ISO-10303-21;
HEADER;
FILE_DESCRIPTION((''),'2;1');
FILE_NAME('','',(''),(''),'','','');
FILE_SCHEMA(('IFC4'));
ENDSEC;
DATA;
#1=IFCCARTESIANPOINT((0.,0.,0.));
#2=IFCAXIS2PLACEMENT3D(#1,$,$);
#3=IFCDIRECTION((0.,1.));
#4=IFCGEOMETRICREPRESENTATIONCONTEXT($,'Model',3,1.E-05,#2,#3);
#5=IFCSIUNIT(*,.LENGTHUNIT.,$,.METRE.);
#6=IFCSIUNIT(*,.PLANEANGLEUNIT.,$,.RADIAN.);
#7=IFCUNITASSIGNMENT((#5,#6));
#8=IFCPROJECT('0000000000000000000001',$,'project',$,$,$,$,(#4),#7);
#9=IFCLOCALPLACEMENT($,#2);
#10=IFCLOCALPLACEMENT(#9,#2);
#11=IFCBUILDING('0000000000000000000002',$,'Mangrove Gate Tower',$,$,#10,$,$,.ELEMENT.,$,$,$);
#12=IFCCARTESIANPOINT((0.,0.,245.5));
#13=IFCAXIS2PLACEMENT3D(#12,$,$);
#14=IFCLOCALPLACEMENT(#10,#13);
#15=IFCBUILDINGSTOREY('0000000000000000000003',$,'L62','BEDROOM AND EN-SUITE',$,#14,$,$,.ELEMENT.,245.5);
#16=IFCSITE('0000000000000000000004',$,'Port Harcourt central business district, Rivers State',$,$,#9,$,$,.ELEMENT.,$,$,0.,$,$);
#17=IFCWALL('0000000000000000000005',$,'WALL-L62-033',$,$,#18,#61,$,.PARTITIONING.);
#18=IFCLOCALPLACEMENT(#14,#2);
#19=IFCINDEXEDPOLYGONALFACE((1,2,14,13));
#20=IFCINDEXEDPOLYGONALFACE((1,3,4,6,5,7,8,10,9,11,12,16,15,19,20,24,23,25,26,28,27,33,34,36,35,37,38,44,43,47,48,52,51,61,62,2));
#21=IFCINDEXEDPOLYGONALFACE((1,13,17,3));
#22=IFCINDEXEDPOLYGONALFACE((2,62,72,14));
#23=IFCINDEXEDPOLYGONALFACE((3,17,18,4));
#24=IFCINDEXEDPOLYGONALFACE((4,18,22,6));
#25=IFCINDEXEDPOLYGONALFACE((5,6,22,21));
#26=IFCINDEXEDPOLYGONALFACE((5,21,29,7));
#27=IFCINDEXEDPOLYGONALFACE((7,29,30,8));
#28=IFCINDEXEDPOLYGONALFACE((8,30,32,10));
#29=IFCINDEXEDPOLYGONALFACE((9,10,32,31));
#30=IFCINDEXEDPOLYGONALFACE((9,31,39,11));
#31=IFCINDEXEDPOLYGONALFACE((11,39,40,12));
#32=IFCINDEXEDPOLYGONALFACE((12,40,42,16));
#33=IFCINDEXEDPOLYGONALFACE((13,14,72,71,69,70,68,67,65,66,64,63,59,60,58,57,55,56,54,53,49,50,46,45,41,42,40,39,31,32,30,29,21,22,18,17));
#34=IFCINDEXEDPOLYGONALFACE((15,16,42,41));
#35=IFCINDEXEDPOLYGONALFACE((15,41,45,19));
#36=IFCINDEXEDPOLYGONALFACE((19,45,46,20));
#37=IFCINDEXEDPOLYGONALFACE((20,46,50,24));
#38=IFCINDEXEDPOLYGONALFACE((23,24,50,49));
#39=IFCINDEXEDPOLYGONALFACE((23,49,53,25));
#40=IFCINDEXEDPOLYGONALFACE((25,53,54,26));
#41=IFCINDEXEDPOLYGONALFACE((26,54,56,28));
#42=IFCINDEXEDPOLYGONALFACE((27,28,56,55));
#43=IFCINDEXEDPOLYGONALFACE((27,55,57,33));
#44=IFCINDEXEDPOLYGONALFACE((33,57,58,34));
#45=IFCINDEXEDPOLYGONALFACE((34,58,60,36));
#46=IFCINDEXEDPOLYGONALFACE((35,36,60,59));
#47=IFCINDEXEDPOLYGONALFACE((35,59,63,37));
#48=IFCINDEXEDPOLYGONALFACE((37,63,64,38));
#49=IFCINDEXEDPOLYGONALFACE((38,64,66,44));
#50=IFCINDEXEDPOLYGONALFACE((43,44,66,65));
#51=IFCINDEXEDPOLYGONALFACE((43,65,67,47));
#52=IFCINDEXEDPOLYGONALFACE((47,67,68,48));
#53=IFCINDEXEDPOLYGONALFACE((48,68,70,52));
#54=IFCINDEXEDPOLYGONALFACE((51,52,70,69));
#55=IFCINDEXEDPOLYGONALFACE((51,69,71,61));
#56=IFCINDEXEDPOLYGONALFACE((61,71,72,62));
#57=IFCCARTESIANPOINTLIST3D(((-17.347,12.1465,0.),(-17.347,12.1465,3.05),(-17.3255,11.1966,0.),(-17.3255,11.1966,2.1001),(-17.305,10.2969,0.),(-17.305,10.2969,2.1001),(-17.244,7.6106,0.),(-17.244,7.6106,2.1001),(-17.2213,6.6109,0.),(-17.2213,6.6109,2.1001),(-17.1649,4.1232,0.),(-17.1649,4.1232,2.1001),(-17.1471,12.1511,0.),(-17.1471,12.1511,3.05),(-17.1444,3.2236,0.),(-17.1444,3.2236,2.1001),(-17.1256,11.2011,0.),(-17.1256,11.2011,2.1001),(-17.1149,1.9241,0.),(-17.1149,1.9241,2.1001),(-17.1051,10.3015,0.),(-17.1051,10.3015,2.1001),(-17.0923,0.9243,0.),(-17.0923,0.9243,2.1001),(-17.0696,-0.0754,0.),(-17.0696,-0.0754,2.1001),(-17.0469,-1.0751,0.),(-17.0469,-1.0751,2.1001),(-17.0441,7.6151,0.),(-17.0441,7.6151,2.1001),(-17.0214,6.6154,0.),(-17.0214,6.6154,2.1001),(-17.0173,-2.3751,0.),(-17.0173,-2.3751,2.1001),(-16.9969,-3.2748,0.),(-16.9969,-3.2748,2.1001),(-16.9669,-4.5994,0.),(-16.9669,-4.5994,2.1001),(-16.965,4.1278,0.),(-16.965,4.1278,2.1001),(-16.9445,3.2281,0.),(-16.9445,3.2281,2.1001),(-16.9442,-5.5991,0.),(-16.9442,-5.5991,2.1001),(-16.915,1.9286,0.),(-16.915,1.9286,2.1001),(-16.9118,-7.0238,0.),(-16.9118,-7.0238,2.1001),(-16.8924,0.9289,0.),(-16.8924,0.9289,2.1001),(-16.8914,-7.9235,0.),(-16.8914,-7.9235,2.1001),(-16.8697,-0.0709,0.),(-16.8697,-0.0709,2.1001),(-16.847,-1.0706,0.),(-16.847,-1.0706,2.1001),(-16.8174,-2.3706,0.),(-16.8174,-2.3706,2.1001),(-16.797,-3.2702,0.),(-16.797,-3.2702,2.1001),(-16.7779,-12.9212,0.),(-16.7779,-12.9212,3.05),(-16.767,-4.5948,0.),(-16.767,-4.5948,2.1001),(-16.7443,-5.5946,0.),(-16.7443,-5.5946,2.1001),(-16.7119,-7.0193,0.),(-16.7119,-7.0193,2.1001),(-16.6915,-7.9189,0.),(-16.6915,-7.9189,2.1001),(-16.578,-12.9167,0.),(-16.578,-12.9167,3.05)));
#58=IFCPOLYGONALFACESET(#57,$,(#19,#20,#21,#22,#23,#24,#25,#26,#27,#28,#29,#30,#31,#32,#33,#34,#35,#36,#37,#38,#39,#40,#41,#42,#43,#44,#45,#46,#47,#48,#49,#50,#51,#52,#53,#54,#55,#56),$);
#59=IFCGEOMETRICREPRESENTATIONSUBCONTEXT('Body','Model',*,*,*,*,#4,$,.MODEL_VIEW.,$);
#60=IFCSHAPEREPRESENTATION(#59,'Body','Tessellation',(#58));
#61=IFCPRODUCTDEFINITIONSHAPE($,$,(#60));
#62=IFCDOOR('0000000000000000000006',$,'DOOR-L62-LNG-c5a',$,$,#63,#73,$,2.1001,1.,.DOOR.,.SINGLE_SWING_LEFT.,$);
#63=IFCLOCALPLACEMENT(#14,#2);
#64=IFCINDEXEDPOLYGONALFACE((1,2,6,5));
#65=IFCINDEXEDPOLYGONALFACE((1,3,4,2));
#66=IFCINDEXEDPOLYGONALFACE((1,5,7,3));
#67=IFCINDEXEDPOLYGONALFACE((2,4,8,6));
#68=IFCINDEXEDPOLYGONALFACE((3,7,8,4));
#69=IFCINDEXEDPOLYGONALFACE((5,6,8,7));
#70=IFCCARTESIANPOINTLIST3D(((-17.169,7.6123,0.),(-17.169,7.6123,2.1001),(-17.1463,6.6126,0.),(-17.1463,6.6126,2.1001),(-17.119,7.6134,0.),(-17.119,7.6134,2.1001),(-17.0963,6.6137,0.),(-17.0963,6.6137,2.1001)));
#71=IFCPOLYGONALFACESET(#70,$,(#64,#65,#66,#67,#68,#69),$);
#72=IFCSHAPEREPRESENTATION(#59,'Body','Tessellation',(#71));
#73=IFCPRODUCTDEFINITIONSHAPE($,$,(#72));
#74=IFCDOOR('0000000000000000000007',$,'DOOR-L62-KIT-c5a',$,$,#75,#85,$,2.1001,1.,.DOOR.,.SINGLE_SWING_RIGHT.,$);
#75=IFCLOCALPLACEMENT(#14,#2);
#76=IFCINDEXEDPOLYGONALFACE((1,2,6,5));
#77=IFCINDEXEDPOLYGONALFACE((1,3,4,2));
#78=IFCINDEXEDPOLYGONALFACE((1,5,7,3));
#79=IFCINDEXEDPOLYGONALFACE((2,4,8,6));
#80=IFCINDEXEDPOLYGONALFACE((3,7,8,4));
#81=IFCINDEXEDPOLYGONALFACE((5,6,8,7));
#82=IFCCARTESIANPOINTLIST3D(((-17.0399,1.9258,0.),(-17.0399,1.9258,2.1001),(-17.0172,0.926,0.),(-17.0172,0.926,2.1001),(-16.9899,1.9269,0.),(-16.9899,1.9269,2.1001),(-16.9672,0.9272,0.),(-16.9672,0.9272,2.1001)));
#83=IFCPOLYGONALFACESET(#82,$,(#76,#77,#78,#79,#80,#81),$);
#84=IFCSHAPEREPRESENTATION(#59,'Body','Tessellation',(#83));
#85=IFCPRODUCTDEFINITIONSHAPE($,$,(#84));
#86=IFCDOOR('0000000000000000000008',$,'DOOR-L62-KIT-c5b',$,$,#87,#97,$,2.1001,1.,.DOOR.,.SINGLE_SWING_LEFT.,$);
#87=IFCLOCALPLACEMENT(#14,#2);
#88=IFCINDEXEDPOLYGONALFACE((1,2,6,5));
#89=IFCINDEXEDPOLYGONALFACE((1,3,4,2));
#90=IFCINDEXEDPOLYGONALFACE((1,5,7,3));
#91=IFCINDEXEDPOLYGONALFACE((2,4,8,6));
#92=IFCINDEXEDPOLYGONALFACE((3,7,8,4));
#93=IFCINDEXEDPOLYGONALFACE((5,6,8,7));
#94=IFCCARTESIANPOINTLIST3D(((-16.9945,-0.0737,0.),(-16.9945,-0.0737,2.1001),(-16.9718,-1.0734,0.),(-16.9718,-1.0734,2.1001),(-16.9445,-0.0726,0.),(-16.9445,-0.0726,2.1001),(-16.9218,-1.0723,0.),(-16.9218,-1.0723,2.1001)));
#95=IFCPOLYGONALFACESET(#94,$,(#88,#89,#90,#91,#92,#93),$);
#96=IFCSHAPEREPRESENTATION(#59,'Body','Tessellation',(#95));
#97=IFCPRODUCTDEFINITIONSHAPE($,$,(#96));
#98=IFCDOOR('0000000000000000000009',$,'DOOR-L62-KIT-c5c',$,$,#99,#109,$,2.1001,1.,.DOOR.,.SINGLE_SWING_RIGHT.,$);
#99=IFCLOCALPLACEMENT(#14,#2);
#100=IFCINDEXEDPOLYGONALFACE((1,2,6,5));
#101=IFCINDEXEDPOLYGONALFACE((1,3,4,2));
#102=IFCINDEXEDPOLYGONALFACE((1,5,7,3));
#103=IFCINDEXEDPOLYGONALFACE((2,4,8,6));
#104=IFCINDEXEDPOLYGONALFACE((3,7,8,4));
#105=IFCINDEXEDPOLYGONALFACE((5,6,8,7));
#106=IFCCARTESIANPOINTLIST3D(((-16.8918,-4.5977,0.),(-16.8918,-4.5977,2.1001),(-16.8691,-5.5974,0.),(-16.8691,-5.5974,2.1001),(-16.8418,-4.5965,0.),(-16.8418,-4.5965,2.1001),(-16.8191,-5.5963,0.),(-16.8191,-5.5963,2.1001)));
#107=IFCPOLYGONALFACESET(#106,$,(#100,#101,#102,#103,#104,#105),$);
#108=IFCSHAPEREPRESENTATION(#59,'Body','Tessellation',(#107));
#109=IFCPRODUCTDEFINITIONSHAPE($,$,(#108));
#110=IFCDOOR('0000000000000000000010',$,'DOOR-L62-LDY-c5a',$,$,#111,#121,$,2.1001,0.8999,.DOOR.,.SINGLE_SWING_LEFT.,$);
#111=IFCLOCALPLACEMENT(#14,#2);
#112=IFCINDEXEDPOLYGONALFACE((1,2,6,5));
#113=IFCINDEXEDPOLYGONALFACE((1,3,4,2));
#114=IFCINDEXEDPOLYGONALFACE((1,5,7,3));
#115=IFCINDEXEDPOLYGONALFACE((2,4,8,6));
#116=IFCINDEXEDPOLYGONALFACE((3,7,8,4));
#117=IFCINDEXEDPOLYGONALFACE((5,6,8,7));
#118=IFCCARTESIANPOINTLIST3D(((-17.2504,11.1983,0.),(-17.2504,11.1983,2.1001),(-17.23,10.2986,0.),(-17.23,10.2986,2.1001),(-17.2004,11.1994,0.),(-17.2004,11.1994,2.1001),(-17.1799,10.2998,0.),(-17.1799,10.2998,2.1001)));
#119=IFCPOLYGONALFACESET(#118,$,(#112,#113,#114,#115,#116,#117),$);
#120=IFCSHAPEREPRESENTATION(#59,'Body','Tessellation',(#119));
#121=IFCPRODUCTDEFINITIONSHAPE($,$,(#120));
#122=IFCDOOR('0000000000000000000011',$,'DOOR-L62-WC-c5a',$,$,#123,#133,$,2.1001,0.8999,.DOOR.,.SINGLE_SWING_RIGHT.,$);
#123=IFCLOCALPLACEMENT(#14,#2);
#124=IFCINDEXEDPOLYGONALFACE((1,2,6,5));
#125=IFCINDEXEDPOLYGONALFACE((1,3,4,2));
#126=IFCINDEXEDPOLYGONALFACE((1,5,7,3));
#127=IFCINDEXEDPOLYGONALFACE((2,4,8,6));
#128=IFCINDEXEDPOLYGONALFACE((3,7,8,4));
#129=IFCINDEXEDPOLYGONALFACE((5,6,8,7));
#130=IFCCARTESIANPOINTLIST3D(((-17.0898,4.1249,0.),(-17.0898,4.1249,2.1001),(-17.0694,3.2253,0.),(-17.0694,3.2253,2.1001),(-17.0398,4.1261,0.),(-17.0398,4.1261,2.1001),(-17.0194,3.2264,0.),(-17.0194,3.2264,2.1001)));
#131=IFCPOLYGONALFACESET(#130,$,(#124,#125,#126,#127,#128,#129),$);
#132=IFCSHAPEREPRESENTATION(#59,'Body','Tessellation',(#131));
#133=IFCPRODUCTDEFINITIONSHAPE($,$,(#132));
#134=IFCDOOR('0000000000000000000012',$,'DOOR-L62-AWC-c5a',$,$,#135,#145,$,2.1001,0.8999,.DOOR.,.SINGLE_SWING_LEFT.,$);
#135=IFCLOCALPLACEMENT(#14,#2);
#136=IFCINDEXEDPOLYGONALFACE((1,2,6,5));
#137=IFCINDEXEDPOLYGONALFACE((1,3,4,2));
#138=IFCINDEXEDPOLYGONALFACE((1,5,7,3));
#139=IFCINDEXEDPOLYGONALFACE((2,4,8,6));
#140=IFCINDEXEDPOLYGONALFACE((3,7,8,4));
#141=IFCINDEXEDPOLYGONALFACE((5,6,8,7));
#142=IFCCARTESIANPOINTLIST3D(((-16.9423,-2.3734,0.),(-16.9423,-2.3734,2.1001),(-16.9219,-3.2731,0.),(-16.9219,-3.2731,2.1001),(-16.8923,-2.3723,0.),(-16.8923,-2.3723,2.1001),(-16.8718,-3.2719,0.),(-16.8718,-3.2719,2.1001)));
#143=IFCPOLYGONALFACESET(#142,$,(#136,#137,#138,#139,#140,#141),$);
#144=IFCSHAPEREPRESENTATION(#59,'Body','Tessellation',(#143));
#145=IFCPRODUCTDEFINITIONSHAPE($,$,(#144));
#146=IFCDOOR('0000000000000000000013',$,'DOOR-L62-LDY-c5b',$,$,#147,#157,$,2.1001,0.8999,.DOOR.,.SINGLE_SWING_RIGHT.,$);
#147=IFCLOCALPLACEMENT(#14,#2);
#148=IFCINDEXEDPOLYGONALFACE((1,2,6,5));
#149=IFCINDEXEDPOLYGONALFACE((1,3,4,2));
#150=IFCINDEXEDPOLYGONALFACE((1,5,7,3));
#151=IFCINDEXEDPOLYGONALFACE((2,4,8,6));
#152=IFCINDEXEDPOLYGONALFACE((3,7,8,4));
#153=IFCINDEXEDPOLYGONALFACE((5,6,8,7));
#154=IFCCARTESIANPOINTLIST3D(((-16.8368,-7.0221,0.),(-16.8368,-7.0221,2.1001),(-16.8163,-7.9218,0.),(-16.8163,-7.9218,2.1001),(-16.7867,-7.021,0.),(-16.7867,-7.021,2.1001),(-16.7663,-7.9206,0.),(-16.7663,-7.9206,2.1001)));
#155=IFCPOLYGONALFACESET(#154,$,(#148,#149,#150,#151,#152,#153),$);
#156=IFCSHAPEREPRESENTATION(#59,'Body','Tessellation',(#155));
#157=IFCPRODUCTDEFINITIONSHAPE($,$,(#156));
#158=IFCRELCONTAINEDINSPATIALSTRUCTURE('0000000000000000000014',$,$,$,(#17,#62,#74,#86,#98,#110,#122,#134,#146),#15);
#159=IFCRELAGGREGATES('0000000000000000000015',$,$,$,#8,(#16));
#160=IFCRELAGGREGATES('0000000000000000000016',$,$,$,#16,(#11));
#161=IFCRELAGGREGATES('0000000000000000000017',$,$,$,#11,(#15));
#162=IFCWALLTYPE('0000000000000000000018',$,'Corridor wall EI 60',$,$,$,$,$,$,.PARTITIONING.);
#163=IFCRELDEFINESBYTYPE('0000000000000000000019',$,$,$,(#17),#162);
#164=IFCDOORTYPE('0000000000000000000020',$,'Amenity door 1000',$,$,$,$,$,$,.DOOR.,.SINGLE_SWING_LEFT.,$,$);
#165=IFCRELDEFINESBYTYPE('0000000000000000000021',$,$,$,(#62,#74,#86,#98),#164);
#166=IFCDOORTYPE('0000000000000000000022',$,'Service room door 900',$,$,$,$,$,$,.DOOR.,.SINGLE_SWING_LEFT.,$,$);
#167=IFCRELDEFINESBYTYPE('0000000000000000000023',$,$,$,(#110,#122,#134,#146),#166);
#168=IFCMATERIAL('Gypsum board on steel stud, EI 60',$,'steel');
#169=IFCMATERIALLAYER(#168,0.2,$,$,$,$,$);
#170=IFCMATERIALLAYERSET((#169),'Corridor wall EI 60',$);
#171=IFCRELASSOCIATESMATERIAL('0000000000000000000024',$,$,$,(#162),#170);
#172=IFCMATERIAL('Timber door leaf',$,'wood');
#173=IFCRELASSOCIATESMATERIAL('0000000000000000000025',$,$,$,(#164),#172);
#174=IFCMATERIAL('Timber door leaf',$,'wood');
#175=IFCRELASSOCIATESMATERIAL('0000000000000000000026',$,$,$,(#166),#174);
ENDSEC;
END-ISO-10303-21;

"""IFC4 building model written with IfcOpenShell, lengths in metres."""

from ifc_helpers import new_model, si_unit, direction, frame, frame_2d, origin, place, context, subcontext, project, spatial, rectangle, extrude, material, layer, layer_set, type_object, element, fill, save


model = new_model("IFC4")

# Units and contexts
model_context = context("Model", 3, precision=1e-05, world=origin(), true_north=direction((0.0, 1.0)))
body_context = subcontext(model_context, "Body", "Model", "MODEL_VIEW")
ifc_project = project(units=[si_unit("LENGTHUNIT", "METRE"), si_unit("PLANEANGLEUNIT", "RADIAN")], contexts=[model_context])

# Site, building, storey
site_placement = place(None, origin())
site = spatial("IfcSite", under=ifc_project, at=site_placement, Name="Port Harcourt central business district, Rivers State", CompositionType="ELEMENT", RefElevation=0.0)
building_placement = place(site_placement, origin())
building = spatial("IfcBuilding", under=site, at=building_placement, Name="Mangrove Gate Tower", CompositionType="ELEMENT")
storey_placement = place(building_placement, frame((0.0, 0.0, 245.5)))
storey = spatial("IfcBuildingStorey", under=building, at=storey_placement, Name="L62", Description="BEDROOM AND EN-SUITE", CompositionType="ELEMENT", Elevation=245.5)

# Wall, openings, doors
ifc_material_1 = material(Name="Gypsum board on steel stud, EI 60", Category="steel")
ifc_layer_1 = layer(ifc_material_1, 0.2)
ifc_layer_set_1 = layer_set([ifc_layer_1], Name="Corridor wall EI 60")
wall_type_1 = type_object("IfcWallType", Name="Corridor wall EI 60", PredefinedType="PARTITIONING", material=ifc_layer_set_1)
wall_1_placement = place(storey_placement, frame((-16.678, -12.9189, 0.0), z_axis=(0.0, 0.0, 1.0), x_axis=(-0.022696, 0.999742, 0.0)))
wall_1 = element("IfcWall", 1, at=wall_1_placement, inside=storey, type_object=wall_type_1, Name="WALL-L62-033", PredefinedType="PARTITIONING", context=body_context, shape_type="SweptSolid", body=[
    extrude(rectangle(XDim=25.0742, YDim=0.2, at=frame_2d((12.5371, 0.0))), origin(), (0.0, 0.0, 1.0), 3.05),
])
opening_1_placement = place(wall_1_placement, frame((19.5371, 0.0, 0.0)))
opening_1 = element("IfcOpeningElement", 2, at=opening_1_placement, cuts=wall_1, PredefinedType="OPENING", context=body_context, shape_type="SweptSolid", body=[
    extrude(rectangle(XDim=1.0, YDim=2.1001, at=frame_2d((0.5, 1.05))), frame((0.0, 0.1099, 0.0), z_axis=(0.0, -1.0, 0.0), x_axis=(1.0, 0.0, 0.0)), (0.0, 0.0, 1.0), 0.22),
])
opening_2_placement = place(wall_1_placement, frame((23.2241, 0.0, 0.0)))
opening_2 = element("IfcOpeningElement", 3, at=opening_2_placement, cuts=wall_1, PredefinedType="OPENING", context=body_context, shape_type="SweptSolid", body=[
    extrude(rectangle(XDim=0.8999, YDim=2.1001, at=frame_2d((0.45, 1.05))), frame((0.0, 0.1099, 0.0), z_axis=(0.0, -1.0, 0.0), x_axis=(1.0, 0.0, 0.0)), (0.0, 0.0, 1.0), 0.22),
])
opening_3_placement = place(wall_1_placement, frame((13.8491, 0.0, 0.0)))
opening_3 = element("IfcOpeningElement", 4, at=opening_3_placement, cuts=wall_1, PredefinedType="OPENING", context=body_context, shape_type="SweptSolid", body=[
    extrude(rectangle(XDim=1.0, YDim=2.1001, at=frame_2d((0.5, 1.05))), frame((0.0, 0.1099, 0.0), z_axis=(0.0, -1.0, 0.0), x_axis=(1.0, 0.0, 0.0)), (0.0, 0.0, 1.0), 0.22),
])
opening_4_placement = place(wall_1_placement, frame((16.1489, 0.0, 0.0)))
opening_4 = element("IfcOpeningElement", 5, at=opening_4_placement, cuts=wall_1, PredefinedType="OPENING", context=body_context, shape_type="SweptSolid", body=[
    extrude(rectangle(XDim=0.8999, YDim=2.1001, at=frame_2d((0.45, 1.05))), frame((0.0, 0.1099, 0.0), z_axis=(0.0, -1.0, 0.0), x_axis=(1.0, 0.0, 0.0)), (0.0, 0.0, 1.0), 0.22),
])
opening_5_placement = place(wall_1_placement, frame((11.8491, 0.0, 0.0)))
opening_5 = element("IfcOpeningElement", 6, at=opening_5_placement, cuts=wall_1, PredefinedType="OPENING", context=body_context, shape_type="SweptSolid", body=[
    extrude(rectangle(XDim=1.0, YDim=2.1001, at=frame_2d((0.5, 1.05))), frame((0.0, 0.1099, 0.0), z_axis=(0.0, -1.0, 0.0), x_axis=(1.0, 0.0, 0.0)), (0.0, 0.0, 1.0), 0.22),
])
opening_6_placement = place(wall_1_placement, frame((9.6489, 0.0, 0.0)))
opening_6 = element("IfcOpeningElement", 7, at=opening_6_placement, cuts=wall_1, PredefinedType="OPENING", context=body_context, shape_type="SweptSolid", body=[
    extrude(rectangle(XDim=0.8999, YDim=2.1001, at=frame_2d((0.45, 1.05))), frame((0.0, 0.1099, 0.0), z_axis=(0.0, -1.0, 0.0), x_axis=(1.0, 0.0, 0.0)), (0.0, 0.0, 1.0), 0.22),
])
opening_7_placement = place(wall_1_placement, frame((7.324, 0.0, 0.0)))
opening_7 = element("IfcOpeningElement", 8, at=opening_7_placement, cuts=wall_1, PredefinedType="OPENING", context=body_context, shape_type="SweptSolid", body=[
    extrude(rectangle(XDim=1.0, YDim=2.1001, at=frame_2d((0.5, 1.05))), frame((0.0, 0.1099, 0.0), z_axis=(0.0, -1.0, 0.0), x_axis=(1.0, 0.0, 0.0)), (0.0, 0.0, 1.0), 0.22),
])
opening_8_placement = place(wall_1_placement, frame((4.999, 0.0, 0.0)))
opening_8 = element("IfcOpeningElement", 9, at=opening_8_placement, cuts=wall_1, PredefinedType="OPENING", context=body_context, shape_type="SweptSolid", body=[
    extrude(rectangle(XDim=0.8999, YDim=2.1001, at=frame_2d((0.45, 1.05))), frame((0.0, 0.1099, 0.0), z_axis=(0.0, -1.0, 0.0), x_axis=(1.0, 0.0, 0.0)), (0.0, 0.0, 1.0), 0.22),
])
ifc_material_2 = material(Name="Timber door leaf", Category="wood")
door_type_1 = type_object("IfcDoorType", Name="Amenity door 1000", OperationType="SINGLE_SWING_LEFT", PredefinedType="DOOR", material=ifc_material_2)
door_1_placement = place(opening_1_placement, origin())
door_1 = element("IfcDoor", 10, at=door_1_placement, inside=storey, type_object=door_type_1, Name="DOOR-L62-LNG-c5a", OperationType="SINGLE_SWING_LEFT", OverallHeight=2.1001, OverallWidth=1.0, PredefinedType="DOOR", context=body_context, shape_type="SweptSolid", body=[
    extrude(rectangle(XDim=1.0, YDim=2.1001, at=frame_2d((0.5, 1.05))), frame((0.0, 0.0249, 0.0), z_axis=(0.0, -1.0, 0.0), x_axis=(1.0, 0.0, 0.0)), (0.0, 0.0, 1.0), 0.05),
])
fill(opening_1, door_1)
door_2_placement = place(opening_3_placement, origin())
door_2 = element("IfcDoor", 11, at=door_2_placement, inside=storey, type_object=door_type_1, Name="DOOR-L62-KIT-c5a", OperationType="SINGLE_SWING_RIGHT", OverallHeight=2.1001, OverallWidth=1.0, PredefinedType="DOOR", context=body_context, shape_type="SweptSolid", body=[
    extrude(rectangle(XDim=1.0, YDim=2.1001, at=frame_2d((0.5, 1.05))), frame((0.0, 0.0249, 0.0), z_axis=(0.0, -1.0, 0.0), x_axis=(1.0, 0.0, 0.0)), (0.0, 0.0, 1.0), 0.05),
])
fill(opening_3, door_2)
door_3_placement = place(opening_5_placement, origin())
door_3 = element("IfcDoor", 12, at=door_3_placement, inside=storey, type_object=door_type_1, Name="DOOR-L62-KIT-c5b", OperationType="SINGLE_SWING_LEFT", OverallHeight=2.1001, OverallWidth=1.0, PredefinedType="DOOR", context=body_context, shape_type="SweptSolid", body=[
    extrude(rectangle(XDim=1.0, YDim=2.1001, at=frame_2d((0.5, 1.05))), frame((0.0, 0.0249, 0.0), z_axis=(0.0, -1.0, 0.0), x_axis=(1.0, 0.0, 0.0)), (0.0, 0.0, 1.0), 0.05),
])
fill(opening_5, door_3)
door_4_placement = place(opening_7_placement, origin())
door_4 = element("IfcDoor", 13, at=door_4_placement, inside=storey, type_object=door_type_1, Name="DOOR-L62-KIT-c5c", OperationType="SINGLE_SWING_RIGHT", OverallHeight=2.1001, OverallWidth=1.0, PredefinedType="DOOR", context=body_context, shape_type="SweptSolid", body=[
    extrude(rectangle(XDim=1.0, YDim=2.1001, at=frame_2d((0.5, 1.05))), frame((0.0, 0.0249, 0.0), z_axis=(0.0, -1.0, 0.0), x_axis=(1.0, 0.0, 0.0)), (0.0, 0.0, 1.0), 0.05),
])
fill(opening_7, door_4)
ifc_material_3 = material(Name="Timber door leaf", Category="wood")
door_type_2 = type_object("IfcDoorType", Name="Service room door 900", OperationType="SINGLE_SWING_LEFT", PredefinedType="DOOR", material=ifc_material_3)
door_5_placement = place(opening_2_placement, origin())
door_5 = element("IfcDoor", 14, at=door_5_placement, inside=storey, type_object=door_type_2, Name="DOOR-L62-LDY-c5a", OperationType="SINGLE_SWING_LEFT", OverallHeight=2.1001, OverallWidth=0.8999, PredefinedType="DOOR", context=body_context, shape_type="SweptSolid", body=[
    extrude(rectangle(XDim=0.8999, YDim=2.1001, at=frame_2d((0.45, 1.05))), frame((0.0, 0.0249, 0.0), z_axis=(0.0, -1.0, 0.0), x_axis=(1.0, 0.0, 0.0)), (0.0, 0.0, 1.0), 0.05),
])
fill(opening_2, door_5)
door_6_placement = place(opening_4_placement, origin())
door_6 = element("IfcDoor", 15, at=door_6_placement, inside=storey, type_object=door_type_2, Name="DOOR-L62-WC-c5a", OperationType="SINGLE_SWING_RIGHT", OverallHeight=2.1001, OverallWidth=0.8999, PredefinedType="DOOR", context=body_context, shape_type="SweptSolid", body=[
    extrude(rectangle(XDim=0.8999, YDim=2.1001, at=frame_2d((0.45, 1.05))), frame((0.0, 0.0249, 0.0), z_axis=(0.0, -1.0, 0.0), x_axis=(1.0, 0.0, 0.0)), (0.0, 0.0, 1.0), 0.05),
])
fill(opening_4, door_6)
door_7_placement = place(opening_6_placement, origin())
door_7 = element("IfcDoor", 16, at=door_7_placement, inside=storey, type_object=door_type_2, Name="DOOR-L62-AWC-c5a", OperationType="SINGLE_SWING_LEFT", OverallHeight=2.1001, OverallWidth=0.8999, PredefinedType="DOOR", context=body_context, shape_type="SweptSolid", body=[
    extrude(rectangle(XDim=0.8999, YDim=2.1001, at=frame_2d((0.45, 1.05))), frame((0.0, 0.0249, 0.0), z_axis=(0.0, -1.0, 0.0), x_axis=(1.0, 0.0, 0.0)), (0.0, 0.0, 1.0), 0.05),
])
fill(opening_6, door_7)
door_8_placement = place(opening_8_placement, origin())
door_8 = element("IfcDoor", 17, at=door_8_placement, inside=storey, type_object=door_type_2, Name="DOOR-L62-LDY-c5b", OperationType="SINGLE_SWING_RIGHT", OverallHeight=2.1001, OverallWidth=0.8999, PredefinedType="DOOR", context=body_context, shape_type="SweptSolid", body=[
    extrude(rectangle(XDim=0.8999, YDim=2.1001, at=frame_2d((0.45, 1.05))), frame((0.0, 0.0249, 0.0), z_axis=(0.0, -1.0, 0.0), x_axis=(1.0, 0.0, 0.0)), (0.0, 0.0, 1.0), 0.05),
])
fill(opening_8, door_8)

save(model, "model.ifc")
